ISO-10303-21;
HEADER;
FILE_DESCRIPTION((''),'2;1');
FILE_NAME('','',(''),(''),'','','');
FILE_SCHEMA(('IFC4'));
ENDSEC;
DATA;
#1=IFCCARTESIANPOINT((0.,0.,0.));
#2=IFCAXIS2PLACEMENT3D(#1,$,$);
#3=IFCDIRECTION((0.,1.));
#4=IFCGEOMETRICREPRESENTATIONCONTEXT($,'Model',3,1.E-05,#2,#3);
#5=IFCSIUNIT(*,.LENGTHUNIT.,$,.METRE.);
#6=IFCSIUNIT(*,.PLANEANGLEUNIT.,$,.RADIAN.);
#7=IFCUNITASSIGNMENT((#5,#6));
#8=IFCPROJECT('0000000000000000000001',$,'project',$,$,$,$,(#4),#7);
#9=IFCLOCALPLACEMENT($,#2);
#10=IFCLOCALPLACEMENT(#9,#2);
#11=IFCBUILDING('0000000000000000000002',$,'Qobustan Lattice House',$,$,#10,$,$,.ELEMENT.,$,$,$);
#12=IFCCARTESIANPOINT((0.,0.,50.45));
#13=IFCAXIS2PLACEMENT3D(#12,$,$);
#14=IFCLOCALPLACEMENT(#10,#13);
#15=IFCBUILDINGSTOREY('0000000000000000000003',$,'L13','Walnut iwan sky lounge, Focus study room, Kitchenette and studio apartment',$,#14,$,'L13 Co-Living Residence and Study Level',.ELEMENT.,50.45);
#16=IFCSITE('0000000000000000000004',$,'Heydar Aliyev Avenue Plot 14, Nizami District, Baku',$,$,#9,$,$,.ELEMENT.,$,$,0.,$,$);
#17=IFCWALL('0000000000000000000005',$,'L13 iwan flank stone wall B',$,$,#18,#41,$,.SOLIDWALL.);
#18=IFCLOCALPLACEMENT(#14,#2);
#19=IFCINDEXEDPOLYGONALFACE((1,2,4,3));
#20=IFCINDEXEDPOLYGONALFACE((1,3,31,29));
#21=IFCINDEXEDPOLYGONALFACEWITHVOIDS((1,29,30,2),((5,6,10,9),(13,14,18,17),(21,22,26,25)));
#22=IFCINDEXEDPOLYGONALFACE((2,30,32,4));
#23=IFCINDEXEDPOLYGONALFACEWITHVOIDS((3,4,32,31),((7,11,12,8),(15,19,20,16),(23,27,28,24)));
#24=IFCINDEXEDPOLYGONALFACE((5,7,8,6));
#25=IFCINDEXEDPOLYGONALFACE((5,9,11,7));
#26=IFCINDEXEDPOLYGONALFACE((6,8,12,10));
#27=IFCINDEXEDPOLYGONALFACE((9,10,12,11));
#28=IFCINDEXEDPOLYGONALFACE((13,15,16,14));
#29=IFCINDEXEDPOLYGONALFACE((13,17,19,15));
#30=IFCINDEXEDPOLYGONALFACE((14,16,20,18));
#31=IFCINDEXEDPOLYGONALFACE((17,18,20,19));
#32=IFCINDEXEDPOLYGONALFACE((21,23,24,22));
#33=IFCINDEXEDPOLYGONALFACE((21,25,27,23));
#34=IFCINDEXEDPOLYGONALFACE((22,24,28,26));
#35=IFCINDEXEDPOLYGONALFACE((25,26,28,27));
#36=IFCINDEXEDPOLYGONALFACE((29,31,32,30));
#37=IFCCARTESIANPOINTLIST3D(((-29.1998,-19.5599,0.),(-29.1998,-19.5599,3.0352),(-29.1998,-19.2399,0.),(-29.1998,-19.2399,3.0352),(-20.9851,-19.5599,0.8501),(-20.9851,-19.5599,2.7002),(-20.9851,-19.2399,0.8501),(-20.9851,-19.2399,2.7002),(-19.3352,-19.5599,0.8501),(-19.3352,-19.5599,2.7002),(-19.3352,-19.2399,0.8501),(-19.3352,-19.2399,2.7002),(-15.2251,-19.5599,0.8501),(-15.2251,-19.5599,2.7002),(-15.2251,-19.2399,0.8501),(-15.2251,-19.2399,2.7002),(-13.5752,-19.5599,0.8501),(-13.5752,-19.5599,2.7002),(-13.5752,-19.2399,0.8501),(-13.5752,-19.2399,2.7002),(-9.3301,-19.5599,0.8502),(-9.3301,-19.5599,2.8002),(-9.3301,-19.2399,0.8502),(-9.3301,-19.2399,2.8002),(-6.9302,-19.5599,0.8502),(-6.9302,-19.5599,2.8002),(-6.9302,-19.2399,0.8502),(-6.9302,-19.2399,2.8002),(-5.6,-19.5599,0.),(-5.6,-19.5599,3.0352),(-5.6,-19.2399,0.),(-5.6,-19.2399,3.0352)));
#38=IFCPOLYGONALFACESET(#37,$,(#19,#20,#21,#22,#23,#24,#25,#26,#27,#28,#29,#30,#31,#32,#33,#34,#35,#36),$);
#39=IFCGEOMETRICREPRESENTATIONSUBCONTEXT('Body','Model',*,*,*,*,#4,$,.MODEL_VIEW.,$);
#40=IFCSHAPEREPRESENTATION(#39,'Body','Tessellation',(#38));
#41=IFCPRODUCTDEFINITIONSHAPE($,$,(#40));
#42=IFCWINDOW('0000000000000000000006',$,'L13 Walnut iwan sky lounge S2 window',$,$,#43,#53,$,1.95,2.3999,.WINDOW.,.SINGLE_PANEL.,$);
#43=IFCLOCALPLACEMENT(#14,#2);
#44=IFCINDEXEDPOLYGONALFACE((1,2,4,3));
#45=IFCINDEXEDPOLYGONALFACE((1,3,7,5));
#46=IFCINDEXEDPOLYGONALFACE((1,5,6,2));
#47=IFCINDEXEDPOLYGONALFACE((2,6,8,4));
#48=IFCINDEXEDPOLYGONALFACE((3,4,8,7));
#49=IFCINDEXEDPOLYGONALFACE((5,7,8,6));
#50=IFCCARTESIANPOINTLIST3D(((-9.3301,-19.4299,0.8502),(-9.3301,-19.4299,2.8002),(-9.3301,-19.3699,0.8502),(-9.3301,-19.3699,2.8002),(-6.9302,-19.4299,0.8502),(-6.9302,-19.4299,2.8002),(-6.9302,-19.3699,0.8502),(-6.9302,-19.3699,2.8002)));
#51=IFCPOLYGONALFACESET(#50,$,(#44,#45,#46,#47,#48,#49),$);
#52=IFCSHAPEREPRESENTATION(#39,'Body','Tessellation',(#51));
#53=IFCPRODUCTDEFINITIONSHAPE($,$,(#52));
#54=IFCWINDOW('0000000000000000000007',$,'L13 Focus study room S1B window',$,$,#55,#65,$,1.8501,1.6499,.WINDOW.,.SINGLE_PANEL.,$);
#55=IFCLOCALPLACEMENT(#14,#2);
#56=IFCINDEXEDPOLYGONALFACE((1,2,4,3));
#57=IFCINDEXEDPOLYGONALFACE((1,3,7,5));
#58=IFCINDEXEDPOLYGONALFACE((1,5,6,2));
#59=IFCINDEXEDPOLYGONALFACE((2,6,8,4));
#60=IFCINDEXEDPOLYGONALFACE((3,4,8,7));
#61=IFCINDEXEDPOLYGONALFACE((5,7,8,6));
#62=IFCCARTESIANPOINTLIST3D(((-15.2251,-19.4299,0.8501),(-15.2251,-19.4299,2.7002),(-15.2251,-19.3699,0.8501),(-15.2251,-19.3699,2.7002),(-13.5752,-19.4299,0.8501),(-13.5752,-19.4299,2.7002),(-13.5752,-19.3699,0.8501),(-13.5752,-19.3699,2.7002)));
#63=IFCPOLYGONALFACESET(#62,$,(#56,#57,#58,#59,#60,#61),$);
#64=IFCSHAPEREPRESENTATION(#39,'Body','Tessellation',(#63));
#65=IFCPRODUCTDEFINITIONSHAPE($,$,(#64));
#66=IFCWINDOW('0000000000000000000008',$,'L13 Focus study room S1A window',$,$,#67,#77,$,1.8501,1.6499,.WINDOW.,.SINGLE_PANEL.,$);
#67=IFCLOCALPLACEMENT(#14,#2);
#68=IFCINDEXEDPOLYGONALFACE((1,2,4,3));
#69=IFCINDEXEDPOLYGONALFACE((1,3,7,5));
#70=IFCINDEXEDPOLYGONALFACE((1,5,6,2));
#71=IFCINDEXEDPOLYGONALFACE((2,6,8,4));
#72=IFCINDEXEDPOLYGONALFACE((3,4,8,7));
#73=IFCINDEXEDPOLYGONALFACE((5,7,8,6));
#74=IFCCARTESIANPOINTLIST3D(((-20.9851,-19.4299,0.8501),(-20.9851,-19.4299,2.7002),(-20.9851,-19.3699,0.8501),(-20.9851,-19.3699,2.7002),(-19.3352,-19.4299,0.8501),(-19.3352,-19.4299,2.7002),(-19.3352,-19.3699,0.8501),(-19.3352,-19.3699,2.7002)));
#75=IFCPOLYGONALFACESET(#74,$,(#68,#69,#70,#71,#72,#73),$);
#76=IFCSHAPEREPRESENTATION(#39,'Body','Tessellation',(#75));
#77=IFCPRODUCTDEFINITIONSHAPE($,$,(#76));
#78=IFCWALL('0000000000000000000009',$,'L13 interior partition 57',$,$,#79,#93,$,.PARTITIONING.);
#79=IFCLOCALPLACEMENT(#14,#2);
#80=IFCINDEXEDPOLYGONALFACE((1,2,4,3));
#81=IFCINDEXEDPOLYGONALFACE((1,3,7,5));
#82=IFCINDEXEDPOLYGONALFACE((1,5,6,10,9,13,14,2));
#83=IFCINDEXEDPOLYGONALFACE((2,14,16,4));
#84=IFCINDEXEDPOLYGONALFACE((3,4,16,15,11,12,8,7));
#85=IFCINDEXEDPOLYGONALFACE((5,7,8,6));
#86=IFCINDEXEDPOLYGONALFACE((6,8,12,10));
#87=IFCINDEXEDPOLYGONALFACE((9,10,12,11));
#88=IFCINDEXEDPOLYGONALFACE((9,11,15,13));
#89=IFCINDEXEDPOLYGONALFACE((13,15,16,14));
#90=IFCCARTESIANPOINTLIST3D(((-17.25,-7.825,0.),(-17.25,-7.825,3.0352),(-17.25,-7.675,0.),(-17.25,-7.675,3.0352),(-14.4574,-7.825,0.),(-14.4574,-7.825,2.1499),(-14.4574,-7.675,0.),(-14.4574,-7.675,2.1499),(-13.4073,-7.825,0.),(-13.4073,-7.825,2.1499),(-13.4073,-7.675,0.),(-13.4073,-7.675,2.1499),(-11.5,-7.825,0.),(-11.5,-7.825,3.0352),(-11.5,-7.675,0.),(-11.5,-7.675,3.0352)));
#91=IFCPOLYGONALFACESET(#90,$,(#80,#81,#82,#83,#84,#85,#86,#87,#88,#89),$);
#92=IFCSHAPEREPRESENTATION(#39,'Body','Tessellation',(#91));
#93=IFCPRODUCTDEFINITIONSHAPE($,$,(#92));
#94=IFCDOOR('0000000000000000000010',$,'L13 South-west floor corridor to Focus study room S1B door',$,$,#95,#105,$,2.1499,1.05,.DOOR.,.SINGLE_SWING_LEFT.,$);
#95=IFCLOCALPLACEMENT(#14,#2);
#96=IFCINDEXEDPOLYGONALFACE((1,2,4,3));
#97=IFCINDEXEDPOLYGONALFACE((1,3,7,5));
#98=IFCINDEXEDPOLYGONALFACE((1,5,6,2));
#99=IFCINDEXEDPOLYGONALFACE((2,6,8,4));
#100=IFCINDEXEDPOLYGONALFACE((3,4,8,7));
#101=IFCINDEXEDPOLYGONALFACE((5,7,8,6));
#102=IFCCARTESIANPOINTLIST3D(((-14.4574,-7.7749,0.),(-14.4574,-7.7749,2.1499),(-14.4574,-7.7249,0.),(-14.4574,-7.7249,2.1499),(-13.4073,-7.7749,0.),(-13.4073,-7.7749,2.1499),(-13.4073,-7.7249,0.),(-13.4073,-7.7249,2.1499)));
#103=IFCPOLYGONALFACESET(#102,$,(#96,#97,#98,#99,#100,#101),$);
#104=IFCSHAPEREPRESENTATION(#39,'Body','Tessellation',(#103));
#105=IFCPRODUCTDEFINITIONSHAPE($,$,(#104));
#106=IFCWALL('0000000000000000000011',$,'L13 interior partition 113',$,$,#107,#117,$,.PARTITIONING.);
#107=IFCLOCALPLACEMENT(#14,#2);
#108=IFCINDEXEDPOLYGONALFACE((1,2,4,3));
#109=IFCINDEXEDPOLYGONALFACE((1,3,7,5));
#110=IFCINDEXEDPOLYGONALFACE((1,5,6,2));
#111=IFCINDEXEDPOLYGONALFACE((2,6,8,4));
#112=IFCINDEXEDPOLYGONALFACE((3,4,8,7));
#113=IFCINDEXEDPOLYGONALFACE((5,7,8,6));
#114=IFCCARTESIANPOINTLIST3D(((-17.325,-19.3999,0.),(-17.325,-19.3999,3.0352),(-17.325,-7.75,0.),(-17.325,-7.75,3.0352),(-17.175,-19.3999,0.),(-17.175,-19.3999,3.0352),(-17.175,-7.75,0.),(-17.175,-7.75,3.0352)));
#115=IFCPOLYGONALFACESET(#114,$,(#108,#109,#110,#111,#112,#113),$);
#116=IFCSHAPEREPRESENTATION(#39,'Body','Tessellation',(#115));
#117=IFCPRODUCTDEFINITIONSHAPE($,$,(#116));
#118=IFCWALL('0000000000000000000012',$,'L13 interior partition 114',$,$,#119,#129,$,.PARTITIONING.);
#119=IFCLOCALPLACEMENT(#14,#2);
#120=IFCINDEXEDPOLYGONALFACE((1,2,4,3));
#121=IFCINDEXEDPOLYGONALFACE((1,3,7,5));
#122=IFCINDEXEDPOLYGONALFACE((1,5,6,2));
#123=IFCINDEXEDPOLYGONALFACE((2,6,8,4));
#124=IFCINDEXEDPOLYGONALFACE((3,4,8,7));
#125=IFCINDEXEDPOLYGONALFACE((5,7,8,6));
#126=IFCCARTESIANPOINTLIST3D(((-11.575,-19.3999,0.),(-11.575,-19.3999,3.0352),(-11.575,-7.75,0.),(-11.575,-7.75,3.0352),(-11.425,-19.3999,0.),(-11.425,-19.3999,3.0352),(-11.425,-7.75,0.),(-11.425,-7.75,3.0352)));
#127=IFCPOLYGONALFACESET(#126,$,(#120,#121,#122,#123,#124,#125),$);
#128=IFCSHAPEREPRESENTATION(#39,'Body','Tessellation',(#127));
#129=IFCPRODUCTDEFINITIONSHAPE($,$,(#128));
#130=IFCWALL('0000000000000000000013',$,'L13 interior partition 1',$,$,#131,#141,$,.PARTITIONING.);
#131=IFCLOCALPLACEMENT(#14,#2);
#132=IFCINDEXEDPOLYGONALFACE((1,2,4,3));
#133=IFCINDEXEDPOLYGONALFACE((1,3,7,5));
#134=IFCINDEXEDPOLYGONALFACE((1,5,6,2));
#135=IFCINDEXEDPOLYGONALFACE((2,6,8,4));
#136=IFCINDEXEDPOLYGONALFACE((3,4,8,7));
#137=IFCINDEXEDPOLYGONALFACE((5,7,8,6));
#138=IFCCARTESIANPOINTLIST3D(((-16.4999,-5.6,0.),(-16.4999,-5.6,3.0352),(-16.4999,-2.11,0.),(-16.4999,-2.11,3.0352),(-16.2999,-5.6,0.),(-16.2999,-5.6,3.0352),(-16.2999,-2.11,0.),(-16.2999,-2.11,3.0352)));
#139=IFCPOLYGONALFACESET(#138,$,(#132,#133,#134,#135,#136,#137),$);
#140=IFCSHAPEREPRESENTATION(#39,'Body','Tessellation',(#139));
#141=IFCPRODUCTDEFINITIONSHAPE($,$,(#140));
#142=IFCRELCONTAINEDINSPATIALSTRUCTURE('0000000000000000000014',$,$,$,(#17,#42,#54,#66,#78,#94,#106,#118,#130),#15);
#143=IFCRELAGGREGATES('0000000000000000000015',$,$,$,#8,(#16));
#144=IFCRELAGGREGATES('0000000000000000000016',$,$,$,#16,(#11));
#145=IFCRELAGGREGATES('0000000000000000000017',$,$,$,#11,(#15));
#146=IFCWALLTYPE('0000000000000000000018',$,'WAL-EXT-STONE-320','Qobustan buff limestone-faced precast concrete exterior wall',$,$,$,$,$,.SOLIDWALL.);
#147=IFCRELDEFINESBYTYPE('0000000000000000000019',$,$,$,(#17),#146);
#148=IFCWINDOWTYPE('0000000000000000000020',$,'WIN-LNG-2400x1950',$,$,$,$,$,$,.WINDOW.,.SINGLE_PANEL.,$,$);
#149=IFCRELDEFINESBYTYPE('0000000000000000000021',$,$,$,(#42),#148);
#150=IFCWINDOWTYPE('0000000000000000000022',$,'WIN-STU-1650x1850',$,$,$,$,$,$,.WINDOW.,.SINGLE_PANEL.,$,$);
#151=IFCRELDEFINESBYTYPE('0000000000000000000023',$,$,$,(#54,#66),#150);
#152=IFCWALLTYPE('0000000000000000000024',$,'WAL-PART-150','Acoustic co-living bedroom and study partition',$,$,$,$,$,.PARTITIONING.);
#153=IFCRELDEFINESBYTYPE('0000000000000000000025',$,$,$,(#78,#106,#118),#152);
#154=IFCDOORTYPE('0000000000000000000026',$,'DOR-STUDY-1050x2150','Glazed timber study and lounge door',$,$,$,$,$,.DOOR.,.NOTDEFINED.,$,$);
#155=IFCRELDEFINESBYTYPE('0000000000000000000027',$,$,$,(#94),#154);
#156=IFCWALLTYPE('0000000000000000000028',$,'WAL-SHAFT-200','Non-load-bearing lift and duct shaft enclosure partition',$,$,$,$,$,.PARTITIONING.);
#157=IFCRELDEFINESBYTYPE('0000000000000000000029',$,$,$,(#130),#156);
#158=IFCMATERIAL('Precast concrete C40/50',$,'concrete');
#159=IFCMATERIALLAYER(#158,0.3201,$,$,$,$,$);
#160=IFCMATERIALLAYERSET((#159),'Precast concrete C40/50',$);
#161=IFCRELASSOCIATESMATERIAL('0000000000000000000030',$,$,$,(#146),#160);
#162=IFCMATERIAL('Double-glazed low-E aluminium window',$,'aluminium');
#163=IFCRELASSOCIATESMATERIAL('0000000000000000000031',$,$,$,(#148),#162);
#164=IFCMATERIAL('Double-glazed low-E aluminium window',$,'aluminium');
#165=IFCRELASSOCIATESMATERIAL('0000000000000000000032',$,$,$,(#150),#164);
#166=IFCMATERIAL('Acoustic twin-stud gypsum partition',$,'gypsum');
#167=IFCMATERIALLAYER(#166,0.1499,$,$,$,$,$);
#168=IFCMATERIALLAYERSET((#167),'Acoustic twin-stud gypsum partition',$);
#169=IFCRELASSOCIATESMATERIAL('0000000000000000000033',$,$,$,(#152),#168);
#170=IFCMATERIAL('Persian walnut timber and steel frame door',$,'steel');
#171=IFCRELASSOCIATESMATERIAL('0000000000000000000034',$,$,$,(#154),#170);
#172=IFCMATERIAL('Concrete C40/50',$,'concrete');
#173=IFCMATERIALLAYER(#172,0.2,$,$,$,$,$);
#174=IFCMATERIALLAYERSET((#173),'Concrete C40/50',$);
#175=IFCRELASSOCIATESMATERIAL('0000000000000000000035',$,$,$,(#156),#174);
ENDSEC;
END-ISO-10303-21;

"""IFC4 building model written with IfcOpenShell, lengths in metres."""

from ifc_helpers import new_model, si_unit, direction, frame, frame_2d, origin, place, context, subcontext, project, spatial, rectangle, extrude, material, layer, layer_set, type_object, element, fill, save


model = new_model("IFC4")

# Units and contexts
model_context = context("Model", 3, precision=1e-05, world=origin(), true_north=direction((0.0, 1.0)))
body_context = subcontext(model_context, "Body", "Model", "MODEL_VIEW")
ifc_project = project(units=[si_unit("LENGTHUNIT", "METRE"), si_unit("PLANEANGLEUNIT", "RADIAN")], contexts=[model_context])

# Site, building, storey
site_placement = place(None, origin())
site = spatial("IfcSite", under=ifc_project, at=site_placement, Name="Heydar Aliyev Avenue Plot 14, Nizami District, Baku", CompositionType="ELEMENT", RefElevation=0.0)
building_placement = place(site_placement, origin())
building = spatial("IfcBuilding", under=site, at=building_placement, Name="Qobustan Lattice House", CompositionType="ELEMENT")
storey_placement = place(building_placement, frame((0.0, 0.0, 50.45)))
storey = spatial("IfcBuildingStorey", under=building, at=storey_placement, Name="L13", Description="Walnut iwan sky lounge, Focus study room, Kitchenette and studio apartment", LongName="L13 Co-Living Residence and Study Level", CompositionType="ELEMENT", Elevation=50.45)

# Wall, openings, windows
ifc_material_1 = material(Name="Precast concrete C40/50", Category="concrete")
ifc_layer_1 = layer(ifc_material_1, 0.3201)
ifc_layer_set_1 = layer_set([ifc_layer_1], Name="Precast concrete C40/50")
wall_type_1 = type_object("IfcWallType", Name="WAL-EXT-STONE-320", Description="Qobustan buff limestone-faced precast concrete exterior wall", PredefinedType="SOLIDWALL", material=ifc_layer_set_1)
wall_1_placement = place(storey_placement, frame((-5.6001, -19.3999, 0.0), z_axis=(0.0, 0.0, 1.0), x_axis=(-1.0, 0.0, 0.0)))
wall_1 = element("IfcWall", 1, at=wall_1_placement, inside=storey, type_object=wall_type_1, Name="L13 iwan flank stone wall B", PredefinedType="SOLIDWALL", context=body_context, shape_type="SweptSolid", body=[
    extrude(rectangle(XDim=23.5999, YDim=0.3201, at=frame_2d((11.7998, 0.0))), origin(), (0.0, 0.0, 1.0), 3.0352),
])
opening_1_placement = place(wall_1_placement, frame((1.3301, 0.0, 0.8501)))
opening_1 = element("IfcOpeningElement", 2, at=opening_1_placement, cuts=wall_1, PredefinedType="OPENING", context=body_context, shape_type="SweptSolid", body=[
    extrude(rectangle(XDim=2.3999, YDim=1.95, at=frame_2d((1.2, 0.9751))), frame((0.0, 0.1699, 0.0), z_axis=(0.0, -1.0, 0.0), x_axis=(1.0, 0.0, 0.0)), (0.0, 0.0, 1.0), 0.3401),
])
opening_2_placement = place(wall_1_placement, frame((7.9751, 0.0, 0.8501)))
opening_2 = element("IfcOpeningElement", 3, at=opening_2_placement, cuts=wall_1, PredefinedType="OPENING", context=body_context, shape_type="SweptSolid", body=[
    extrude(rectangle(XDim=1.6499, YDim=1.8501, at=frame_2d((0.825, 0.925))), frame((0.0, 0.1699, 0.0), z_axis=(0.0, -1.0, 0.0), x_axis=(1.0, 0.0, 0.0)), (0.0, 0.0, 1.0), 0.3401),
])
opening_3_placement = place(wall_1_placement, frame((13.7351, 0.0, 0.8501)))
opening_3 = element("IfcOpeningElement", 4, at=opening_3_placement, cuts=wall_1, PredefinedType="OPENING", context=body_context, shape_type="SweptSolid", body=[
    extrude(rectangle(XDim=1.6499, YDim=1.8501, at=frame_2d((0.825, 0.925))), frame((0.0, 0.1699, 0.0), z_axis=(0.0, -1.0, 0.0), x_axis=(1.0, 0.0, 0.0)), (0.0, 0.0, 1.0), 0.3401),
])
ifc_material_2 = material(Name="Double-glazed low-E aluminium window", Category="aluminium")
window_type_1 = type_object("IfcWindowType", Name="WIN-LNG-2400x1950", PartitioningType="SINGLE_PANEL", PredefinedType="WINDOW", material=ifc_material_2)
window_1_placement = place(opening_1_placement, origin())
window_1 = element("IfcWindow", 5, at=window_1_placement, inside=storey, type_object=window_type_1, Name="L13 Walnut iwan sky lounge S2 window", OverallHeight=1.95, OverallWidth=2.3999, PartitioningType="SINGLE_PANEL", PredefinedType="WINDOW", context=body_context, shape_type="SweptSolid", body=[
    extrude(rectangle(XDim=2.3999, YDim=1.95, at=frame_2d((1.2, 0.9751))), frame((0.0, 0.03, 0.0), z_axis=(0.0, -1.0, 0.0), x_axis=(1.0, 0.0, 0.0)), (0.0, 0.0, 1.0), 0.0601),
])
fill(opening_1, window_1)
ifc_material_3 = material(Name="Double-glazed low-E aluminium window", Category="aluminium")
window_type_2 = type_object("IfcWindowType", Name="WIN-STU-1650x1850", PartitioningType="SINGLE_PANEL", PredefinedType="WINDOW", material=ifc_material_3)
window_2_placement = place(opening_2_placement, origin())
window_2 = element("IfcWindow", 6, at=window_2_placement, inside=storey, type_object=window_type_2, Name="L13 Focus study room S1B window", OverallHeight=1.8501, OverallWidth=1.6499, PartitioningType="SINGLE_PANEL", PredefinedType="WINDOW", context=body_context, shape_type="SweptSolid", body=[
    extrude(rectangle(XDim=1.6499, YDim=1.8501, at=frame_2d((0.825, 0.925))), frame((0.0, 0.03, 0.0), z_axis=(0.0, -1.0, 0.0), x_axis=(1.0, 0.0, 0.0)), (0.0, 0.0, 1.0), 0.0601),
])
fill(opening_2, window_2)
window_3_placement = place(opening_3_placement, origin())
window_3 = element("IfcWindow", 7, at=window_3_placement, inside=storey, type_object=window_type_2, Name="L13 Focus study room S1A window", OverallHeight=1.8501, OverallWidth=1.6499, PartitioningType="SINGLE_PANEL", PredefinedType="WINDOW", context=body_context, shape_type="SweptSolid", body=[
    extrude(rectangle(XDim=1.6499, YDim=1.8501, at=frame_2d((0.825, 0.925))), frame((0.0, 0.03, 0.0), z_axis=(0.0, -1.0, 0.0), x_axis=(1.0, 0.0, 0.0)), (0.0, 0.0, 1.0), 0.0601),
])
fill(opening_3, window_3)

# Wall, opening, door
ifc_material_4 = material(Name="Acoustic twin-stud gypsum partition", Category="gypsum")
ifc_layer_2 = layer(ifc_material_4, 0.1499)
ifc_layer_set_2 = layer_set([ifc_layer_2], Name="Acoustic twin-stud gypsum partition")
wall_type_2 = type_object("IfcWallType", Name="WAL-PART-150", Description="Acoustic co-living bedroom and study partition", PredefinedType="PARTITIONING", material=ifc_layer_set_2)
wall_2_placement = place(storey_placement, frame((-11.5, -7.75, 0.0), z_axis=(0.0, 0.0, 1.0), x_axis=(-1.0, 0.0, 0.0)))
wall_2 = element("IfcWall", 8, at=wall_2_placement, inside=storey, type_object=wall_type_2, Name="L13 interior partition 57", PredefinedType="PARTITIONING", context=body_context, shape_type="SweptSolid", body=[
    extrude(rectangle(XDim=5.75, YDim=0.1499, at=frame_2d((2.875, 0.0))), origin(), (0.0, 0.0, 1.0), 3.0352),
])
opening_4_placement = place(wall_2_placement, frame((1.9075, 0.0, 0.0)))
opening_4 = element("IfcOpeningElement", 9, at=opening_4_placement, cuts=wall_2, PredefinedType="OPENING", context=body_context, shape_type="SweptSolid", body=[
    extrude(rectangle(XDim=1.05, YDim=2.1499, at=frame_2d((0.5249, 1.075))), frame((0.0, 0.085, 0.0), z_axis=(0.0, -1.0, 0.0), x_axis=(1.0, 0.0, 0.0)), (0.0, 0.0, 1.0), 0.1699),
])
ifc_material_5 = material(Name="Persian walnut timber and steel frame door", Category="steel")
door_type = type_object("IfcDoorType", Name="DOR-STUDY-1050x2150", Description="Glazed timber study and lounge door", OperationType="NOTDEFINED", PredefinedType="DOOR", material=ifc_material_5)
door_placement = place(opening_4_placement, origin())
door = element("IfcDoor", 10, at=door_placement, inside=storey, type_object=door_type, Name="L13 South-west floor corridor to Focus study room S1B door", OperationType="SINGLE_SWING_LEFT", OverallHeight=2.1499, OverallWidth=1.05, PredefinedType="DOOR", context=body_context, shape_type="SweptSolid", body=[
    extrude(rectangle(XDim=1.05, YDim=2.1499, at=frame_2d((0.5249, 1.075))), frame((0.0, 0.0249, 0.0), z_axis=(0.0, -1.0, 0.0), x_axis=(1.0, 0.0, 0.0)), (0.0, 0.0, 1.0), 0.05),
])
fill(opening_4, door)

# Walls
for number, where, z_axis, x_axis, name in (
    (11, (-17.25, -7.75, 0.0), (0.0, 0.0, 1.0), (0.0, -1.0, 0.0), "L13 interior partition 113"),
    (12, (-11.5, -7.75, 0.0), (0.0, 0.0, 1.0), (0.0, -1.0, 0.0), "L13 interior partition 114"),
):
    element("IfcWall", number, at=place(storey_placement, frame(where, z_axis=z_axis, x_axis=x_axis)), inside=storey, type_object=wall_type_2, Name=name, PredefinedType="PARTITIONING", context=body_context, shape_type="SweptSolid", body=[
        extrude(rectangle(XDim=11.6499, YDim=0.1499, at=frame_2d((5.825, 0.0))), origin(), (0.0, 0.0, 1.0), 3.0352),
    ])
ifc_material_6 = material(Name="Concrete C40/50", Category="concrete")
ifc_layer_3 = layer(ifc_material_6, 0.2)
ifc_layer_set_3 = layer_set([ifc_layer_3], Name="Concrete C40/50")
wall_type_3 = type_object("IfcWallType", Name="WAL-SHAFT-200", Description="Non-load-bearing lift and duct shaft enclosure partition", PredefinedType="PARTITIONING", material=ifc_layer_set_3)
wall_3_placement = place(storey_placement, frame((-16.3999, -5.6001, 0.0), z_axis=(0.0, 0.0, 1.0), x_axis=(0.0, 1.0, 0.0)))
element("IfcWall", 13, at=wall_3_placement, inside=storey, type_object=wall_type_3, Name="L13 interior partition 1", PredefinedType="PARTITIONING", context=body_context, shape_type="SweptSolid", body=[
    extrude(rectangle(XDim=3.49, YDim=0.2, at=frame_2d((1.7451, 0.0))), origin(), (0.0, 0.0, 1.0), 3.0352),
])

save(model, "model.ifc")
